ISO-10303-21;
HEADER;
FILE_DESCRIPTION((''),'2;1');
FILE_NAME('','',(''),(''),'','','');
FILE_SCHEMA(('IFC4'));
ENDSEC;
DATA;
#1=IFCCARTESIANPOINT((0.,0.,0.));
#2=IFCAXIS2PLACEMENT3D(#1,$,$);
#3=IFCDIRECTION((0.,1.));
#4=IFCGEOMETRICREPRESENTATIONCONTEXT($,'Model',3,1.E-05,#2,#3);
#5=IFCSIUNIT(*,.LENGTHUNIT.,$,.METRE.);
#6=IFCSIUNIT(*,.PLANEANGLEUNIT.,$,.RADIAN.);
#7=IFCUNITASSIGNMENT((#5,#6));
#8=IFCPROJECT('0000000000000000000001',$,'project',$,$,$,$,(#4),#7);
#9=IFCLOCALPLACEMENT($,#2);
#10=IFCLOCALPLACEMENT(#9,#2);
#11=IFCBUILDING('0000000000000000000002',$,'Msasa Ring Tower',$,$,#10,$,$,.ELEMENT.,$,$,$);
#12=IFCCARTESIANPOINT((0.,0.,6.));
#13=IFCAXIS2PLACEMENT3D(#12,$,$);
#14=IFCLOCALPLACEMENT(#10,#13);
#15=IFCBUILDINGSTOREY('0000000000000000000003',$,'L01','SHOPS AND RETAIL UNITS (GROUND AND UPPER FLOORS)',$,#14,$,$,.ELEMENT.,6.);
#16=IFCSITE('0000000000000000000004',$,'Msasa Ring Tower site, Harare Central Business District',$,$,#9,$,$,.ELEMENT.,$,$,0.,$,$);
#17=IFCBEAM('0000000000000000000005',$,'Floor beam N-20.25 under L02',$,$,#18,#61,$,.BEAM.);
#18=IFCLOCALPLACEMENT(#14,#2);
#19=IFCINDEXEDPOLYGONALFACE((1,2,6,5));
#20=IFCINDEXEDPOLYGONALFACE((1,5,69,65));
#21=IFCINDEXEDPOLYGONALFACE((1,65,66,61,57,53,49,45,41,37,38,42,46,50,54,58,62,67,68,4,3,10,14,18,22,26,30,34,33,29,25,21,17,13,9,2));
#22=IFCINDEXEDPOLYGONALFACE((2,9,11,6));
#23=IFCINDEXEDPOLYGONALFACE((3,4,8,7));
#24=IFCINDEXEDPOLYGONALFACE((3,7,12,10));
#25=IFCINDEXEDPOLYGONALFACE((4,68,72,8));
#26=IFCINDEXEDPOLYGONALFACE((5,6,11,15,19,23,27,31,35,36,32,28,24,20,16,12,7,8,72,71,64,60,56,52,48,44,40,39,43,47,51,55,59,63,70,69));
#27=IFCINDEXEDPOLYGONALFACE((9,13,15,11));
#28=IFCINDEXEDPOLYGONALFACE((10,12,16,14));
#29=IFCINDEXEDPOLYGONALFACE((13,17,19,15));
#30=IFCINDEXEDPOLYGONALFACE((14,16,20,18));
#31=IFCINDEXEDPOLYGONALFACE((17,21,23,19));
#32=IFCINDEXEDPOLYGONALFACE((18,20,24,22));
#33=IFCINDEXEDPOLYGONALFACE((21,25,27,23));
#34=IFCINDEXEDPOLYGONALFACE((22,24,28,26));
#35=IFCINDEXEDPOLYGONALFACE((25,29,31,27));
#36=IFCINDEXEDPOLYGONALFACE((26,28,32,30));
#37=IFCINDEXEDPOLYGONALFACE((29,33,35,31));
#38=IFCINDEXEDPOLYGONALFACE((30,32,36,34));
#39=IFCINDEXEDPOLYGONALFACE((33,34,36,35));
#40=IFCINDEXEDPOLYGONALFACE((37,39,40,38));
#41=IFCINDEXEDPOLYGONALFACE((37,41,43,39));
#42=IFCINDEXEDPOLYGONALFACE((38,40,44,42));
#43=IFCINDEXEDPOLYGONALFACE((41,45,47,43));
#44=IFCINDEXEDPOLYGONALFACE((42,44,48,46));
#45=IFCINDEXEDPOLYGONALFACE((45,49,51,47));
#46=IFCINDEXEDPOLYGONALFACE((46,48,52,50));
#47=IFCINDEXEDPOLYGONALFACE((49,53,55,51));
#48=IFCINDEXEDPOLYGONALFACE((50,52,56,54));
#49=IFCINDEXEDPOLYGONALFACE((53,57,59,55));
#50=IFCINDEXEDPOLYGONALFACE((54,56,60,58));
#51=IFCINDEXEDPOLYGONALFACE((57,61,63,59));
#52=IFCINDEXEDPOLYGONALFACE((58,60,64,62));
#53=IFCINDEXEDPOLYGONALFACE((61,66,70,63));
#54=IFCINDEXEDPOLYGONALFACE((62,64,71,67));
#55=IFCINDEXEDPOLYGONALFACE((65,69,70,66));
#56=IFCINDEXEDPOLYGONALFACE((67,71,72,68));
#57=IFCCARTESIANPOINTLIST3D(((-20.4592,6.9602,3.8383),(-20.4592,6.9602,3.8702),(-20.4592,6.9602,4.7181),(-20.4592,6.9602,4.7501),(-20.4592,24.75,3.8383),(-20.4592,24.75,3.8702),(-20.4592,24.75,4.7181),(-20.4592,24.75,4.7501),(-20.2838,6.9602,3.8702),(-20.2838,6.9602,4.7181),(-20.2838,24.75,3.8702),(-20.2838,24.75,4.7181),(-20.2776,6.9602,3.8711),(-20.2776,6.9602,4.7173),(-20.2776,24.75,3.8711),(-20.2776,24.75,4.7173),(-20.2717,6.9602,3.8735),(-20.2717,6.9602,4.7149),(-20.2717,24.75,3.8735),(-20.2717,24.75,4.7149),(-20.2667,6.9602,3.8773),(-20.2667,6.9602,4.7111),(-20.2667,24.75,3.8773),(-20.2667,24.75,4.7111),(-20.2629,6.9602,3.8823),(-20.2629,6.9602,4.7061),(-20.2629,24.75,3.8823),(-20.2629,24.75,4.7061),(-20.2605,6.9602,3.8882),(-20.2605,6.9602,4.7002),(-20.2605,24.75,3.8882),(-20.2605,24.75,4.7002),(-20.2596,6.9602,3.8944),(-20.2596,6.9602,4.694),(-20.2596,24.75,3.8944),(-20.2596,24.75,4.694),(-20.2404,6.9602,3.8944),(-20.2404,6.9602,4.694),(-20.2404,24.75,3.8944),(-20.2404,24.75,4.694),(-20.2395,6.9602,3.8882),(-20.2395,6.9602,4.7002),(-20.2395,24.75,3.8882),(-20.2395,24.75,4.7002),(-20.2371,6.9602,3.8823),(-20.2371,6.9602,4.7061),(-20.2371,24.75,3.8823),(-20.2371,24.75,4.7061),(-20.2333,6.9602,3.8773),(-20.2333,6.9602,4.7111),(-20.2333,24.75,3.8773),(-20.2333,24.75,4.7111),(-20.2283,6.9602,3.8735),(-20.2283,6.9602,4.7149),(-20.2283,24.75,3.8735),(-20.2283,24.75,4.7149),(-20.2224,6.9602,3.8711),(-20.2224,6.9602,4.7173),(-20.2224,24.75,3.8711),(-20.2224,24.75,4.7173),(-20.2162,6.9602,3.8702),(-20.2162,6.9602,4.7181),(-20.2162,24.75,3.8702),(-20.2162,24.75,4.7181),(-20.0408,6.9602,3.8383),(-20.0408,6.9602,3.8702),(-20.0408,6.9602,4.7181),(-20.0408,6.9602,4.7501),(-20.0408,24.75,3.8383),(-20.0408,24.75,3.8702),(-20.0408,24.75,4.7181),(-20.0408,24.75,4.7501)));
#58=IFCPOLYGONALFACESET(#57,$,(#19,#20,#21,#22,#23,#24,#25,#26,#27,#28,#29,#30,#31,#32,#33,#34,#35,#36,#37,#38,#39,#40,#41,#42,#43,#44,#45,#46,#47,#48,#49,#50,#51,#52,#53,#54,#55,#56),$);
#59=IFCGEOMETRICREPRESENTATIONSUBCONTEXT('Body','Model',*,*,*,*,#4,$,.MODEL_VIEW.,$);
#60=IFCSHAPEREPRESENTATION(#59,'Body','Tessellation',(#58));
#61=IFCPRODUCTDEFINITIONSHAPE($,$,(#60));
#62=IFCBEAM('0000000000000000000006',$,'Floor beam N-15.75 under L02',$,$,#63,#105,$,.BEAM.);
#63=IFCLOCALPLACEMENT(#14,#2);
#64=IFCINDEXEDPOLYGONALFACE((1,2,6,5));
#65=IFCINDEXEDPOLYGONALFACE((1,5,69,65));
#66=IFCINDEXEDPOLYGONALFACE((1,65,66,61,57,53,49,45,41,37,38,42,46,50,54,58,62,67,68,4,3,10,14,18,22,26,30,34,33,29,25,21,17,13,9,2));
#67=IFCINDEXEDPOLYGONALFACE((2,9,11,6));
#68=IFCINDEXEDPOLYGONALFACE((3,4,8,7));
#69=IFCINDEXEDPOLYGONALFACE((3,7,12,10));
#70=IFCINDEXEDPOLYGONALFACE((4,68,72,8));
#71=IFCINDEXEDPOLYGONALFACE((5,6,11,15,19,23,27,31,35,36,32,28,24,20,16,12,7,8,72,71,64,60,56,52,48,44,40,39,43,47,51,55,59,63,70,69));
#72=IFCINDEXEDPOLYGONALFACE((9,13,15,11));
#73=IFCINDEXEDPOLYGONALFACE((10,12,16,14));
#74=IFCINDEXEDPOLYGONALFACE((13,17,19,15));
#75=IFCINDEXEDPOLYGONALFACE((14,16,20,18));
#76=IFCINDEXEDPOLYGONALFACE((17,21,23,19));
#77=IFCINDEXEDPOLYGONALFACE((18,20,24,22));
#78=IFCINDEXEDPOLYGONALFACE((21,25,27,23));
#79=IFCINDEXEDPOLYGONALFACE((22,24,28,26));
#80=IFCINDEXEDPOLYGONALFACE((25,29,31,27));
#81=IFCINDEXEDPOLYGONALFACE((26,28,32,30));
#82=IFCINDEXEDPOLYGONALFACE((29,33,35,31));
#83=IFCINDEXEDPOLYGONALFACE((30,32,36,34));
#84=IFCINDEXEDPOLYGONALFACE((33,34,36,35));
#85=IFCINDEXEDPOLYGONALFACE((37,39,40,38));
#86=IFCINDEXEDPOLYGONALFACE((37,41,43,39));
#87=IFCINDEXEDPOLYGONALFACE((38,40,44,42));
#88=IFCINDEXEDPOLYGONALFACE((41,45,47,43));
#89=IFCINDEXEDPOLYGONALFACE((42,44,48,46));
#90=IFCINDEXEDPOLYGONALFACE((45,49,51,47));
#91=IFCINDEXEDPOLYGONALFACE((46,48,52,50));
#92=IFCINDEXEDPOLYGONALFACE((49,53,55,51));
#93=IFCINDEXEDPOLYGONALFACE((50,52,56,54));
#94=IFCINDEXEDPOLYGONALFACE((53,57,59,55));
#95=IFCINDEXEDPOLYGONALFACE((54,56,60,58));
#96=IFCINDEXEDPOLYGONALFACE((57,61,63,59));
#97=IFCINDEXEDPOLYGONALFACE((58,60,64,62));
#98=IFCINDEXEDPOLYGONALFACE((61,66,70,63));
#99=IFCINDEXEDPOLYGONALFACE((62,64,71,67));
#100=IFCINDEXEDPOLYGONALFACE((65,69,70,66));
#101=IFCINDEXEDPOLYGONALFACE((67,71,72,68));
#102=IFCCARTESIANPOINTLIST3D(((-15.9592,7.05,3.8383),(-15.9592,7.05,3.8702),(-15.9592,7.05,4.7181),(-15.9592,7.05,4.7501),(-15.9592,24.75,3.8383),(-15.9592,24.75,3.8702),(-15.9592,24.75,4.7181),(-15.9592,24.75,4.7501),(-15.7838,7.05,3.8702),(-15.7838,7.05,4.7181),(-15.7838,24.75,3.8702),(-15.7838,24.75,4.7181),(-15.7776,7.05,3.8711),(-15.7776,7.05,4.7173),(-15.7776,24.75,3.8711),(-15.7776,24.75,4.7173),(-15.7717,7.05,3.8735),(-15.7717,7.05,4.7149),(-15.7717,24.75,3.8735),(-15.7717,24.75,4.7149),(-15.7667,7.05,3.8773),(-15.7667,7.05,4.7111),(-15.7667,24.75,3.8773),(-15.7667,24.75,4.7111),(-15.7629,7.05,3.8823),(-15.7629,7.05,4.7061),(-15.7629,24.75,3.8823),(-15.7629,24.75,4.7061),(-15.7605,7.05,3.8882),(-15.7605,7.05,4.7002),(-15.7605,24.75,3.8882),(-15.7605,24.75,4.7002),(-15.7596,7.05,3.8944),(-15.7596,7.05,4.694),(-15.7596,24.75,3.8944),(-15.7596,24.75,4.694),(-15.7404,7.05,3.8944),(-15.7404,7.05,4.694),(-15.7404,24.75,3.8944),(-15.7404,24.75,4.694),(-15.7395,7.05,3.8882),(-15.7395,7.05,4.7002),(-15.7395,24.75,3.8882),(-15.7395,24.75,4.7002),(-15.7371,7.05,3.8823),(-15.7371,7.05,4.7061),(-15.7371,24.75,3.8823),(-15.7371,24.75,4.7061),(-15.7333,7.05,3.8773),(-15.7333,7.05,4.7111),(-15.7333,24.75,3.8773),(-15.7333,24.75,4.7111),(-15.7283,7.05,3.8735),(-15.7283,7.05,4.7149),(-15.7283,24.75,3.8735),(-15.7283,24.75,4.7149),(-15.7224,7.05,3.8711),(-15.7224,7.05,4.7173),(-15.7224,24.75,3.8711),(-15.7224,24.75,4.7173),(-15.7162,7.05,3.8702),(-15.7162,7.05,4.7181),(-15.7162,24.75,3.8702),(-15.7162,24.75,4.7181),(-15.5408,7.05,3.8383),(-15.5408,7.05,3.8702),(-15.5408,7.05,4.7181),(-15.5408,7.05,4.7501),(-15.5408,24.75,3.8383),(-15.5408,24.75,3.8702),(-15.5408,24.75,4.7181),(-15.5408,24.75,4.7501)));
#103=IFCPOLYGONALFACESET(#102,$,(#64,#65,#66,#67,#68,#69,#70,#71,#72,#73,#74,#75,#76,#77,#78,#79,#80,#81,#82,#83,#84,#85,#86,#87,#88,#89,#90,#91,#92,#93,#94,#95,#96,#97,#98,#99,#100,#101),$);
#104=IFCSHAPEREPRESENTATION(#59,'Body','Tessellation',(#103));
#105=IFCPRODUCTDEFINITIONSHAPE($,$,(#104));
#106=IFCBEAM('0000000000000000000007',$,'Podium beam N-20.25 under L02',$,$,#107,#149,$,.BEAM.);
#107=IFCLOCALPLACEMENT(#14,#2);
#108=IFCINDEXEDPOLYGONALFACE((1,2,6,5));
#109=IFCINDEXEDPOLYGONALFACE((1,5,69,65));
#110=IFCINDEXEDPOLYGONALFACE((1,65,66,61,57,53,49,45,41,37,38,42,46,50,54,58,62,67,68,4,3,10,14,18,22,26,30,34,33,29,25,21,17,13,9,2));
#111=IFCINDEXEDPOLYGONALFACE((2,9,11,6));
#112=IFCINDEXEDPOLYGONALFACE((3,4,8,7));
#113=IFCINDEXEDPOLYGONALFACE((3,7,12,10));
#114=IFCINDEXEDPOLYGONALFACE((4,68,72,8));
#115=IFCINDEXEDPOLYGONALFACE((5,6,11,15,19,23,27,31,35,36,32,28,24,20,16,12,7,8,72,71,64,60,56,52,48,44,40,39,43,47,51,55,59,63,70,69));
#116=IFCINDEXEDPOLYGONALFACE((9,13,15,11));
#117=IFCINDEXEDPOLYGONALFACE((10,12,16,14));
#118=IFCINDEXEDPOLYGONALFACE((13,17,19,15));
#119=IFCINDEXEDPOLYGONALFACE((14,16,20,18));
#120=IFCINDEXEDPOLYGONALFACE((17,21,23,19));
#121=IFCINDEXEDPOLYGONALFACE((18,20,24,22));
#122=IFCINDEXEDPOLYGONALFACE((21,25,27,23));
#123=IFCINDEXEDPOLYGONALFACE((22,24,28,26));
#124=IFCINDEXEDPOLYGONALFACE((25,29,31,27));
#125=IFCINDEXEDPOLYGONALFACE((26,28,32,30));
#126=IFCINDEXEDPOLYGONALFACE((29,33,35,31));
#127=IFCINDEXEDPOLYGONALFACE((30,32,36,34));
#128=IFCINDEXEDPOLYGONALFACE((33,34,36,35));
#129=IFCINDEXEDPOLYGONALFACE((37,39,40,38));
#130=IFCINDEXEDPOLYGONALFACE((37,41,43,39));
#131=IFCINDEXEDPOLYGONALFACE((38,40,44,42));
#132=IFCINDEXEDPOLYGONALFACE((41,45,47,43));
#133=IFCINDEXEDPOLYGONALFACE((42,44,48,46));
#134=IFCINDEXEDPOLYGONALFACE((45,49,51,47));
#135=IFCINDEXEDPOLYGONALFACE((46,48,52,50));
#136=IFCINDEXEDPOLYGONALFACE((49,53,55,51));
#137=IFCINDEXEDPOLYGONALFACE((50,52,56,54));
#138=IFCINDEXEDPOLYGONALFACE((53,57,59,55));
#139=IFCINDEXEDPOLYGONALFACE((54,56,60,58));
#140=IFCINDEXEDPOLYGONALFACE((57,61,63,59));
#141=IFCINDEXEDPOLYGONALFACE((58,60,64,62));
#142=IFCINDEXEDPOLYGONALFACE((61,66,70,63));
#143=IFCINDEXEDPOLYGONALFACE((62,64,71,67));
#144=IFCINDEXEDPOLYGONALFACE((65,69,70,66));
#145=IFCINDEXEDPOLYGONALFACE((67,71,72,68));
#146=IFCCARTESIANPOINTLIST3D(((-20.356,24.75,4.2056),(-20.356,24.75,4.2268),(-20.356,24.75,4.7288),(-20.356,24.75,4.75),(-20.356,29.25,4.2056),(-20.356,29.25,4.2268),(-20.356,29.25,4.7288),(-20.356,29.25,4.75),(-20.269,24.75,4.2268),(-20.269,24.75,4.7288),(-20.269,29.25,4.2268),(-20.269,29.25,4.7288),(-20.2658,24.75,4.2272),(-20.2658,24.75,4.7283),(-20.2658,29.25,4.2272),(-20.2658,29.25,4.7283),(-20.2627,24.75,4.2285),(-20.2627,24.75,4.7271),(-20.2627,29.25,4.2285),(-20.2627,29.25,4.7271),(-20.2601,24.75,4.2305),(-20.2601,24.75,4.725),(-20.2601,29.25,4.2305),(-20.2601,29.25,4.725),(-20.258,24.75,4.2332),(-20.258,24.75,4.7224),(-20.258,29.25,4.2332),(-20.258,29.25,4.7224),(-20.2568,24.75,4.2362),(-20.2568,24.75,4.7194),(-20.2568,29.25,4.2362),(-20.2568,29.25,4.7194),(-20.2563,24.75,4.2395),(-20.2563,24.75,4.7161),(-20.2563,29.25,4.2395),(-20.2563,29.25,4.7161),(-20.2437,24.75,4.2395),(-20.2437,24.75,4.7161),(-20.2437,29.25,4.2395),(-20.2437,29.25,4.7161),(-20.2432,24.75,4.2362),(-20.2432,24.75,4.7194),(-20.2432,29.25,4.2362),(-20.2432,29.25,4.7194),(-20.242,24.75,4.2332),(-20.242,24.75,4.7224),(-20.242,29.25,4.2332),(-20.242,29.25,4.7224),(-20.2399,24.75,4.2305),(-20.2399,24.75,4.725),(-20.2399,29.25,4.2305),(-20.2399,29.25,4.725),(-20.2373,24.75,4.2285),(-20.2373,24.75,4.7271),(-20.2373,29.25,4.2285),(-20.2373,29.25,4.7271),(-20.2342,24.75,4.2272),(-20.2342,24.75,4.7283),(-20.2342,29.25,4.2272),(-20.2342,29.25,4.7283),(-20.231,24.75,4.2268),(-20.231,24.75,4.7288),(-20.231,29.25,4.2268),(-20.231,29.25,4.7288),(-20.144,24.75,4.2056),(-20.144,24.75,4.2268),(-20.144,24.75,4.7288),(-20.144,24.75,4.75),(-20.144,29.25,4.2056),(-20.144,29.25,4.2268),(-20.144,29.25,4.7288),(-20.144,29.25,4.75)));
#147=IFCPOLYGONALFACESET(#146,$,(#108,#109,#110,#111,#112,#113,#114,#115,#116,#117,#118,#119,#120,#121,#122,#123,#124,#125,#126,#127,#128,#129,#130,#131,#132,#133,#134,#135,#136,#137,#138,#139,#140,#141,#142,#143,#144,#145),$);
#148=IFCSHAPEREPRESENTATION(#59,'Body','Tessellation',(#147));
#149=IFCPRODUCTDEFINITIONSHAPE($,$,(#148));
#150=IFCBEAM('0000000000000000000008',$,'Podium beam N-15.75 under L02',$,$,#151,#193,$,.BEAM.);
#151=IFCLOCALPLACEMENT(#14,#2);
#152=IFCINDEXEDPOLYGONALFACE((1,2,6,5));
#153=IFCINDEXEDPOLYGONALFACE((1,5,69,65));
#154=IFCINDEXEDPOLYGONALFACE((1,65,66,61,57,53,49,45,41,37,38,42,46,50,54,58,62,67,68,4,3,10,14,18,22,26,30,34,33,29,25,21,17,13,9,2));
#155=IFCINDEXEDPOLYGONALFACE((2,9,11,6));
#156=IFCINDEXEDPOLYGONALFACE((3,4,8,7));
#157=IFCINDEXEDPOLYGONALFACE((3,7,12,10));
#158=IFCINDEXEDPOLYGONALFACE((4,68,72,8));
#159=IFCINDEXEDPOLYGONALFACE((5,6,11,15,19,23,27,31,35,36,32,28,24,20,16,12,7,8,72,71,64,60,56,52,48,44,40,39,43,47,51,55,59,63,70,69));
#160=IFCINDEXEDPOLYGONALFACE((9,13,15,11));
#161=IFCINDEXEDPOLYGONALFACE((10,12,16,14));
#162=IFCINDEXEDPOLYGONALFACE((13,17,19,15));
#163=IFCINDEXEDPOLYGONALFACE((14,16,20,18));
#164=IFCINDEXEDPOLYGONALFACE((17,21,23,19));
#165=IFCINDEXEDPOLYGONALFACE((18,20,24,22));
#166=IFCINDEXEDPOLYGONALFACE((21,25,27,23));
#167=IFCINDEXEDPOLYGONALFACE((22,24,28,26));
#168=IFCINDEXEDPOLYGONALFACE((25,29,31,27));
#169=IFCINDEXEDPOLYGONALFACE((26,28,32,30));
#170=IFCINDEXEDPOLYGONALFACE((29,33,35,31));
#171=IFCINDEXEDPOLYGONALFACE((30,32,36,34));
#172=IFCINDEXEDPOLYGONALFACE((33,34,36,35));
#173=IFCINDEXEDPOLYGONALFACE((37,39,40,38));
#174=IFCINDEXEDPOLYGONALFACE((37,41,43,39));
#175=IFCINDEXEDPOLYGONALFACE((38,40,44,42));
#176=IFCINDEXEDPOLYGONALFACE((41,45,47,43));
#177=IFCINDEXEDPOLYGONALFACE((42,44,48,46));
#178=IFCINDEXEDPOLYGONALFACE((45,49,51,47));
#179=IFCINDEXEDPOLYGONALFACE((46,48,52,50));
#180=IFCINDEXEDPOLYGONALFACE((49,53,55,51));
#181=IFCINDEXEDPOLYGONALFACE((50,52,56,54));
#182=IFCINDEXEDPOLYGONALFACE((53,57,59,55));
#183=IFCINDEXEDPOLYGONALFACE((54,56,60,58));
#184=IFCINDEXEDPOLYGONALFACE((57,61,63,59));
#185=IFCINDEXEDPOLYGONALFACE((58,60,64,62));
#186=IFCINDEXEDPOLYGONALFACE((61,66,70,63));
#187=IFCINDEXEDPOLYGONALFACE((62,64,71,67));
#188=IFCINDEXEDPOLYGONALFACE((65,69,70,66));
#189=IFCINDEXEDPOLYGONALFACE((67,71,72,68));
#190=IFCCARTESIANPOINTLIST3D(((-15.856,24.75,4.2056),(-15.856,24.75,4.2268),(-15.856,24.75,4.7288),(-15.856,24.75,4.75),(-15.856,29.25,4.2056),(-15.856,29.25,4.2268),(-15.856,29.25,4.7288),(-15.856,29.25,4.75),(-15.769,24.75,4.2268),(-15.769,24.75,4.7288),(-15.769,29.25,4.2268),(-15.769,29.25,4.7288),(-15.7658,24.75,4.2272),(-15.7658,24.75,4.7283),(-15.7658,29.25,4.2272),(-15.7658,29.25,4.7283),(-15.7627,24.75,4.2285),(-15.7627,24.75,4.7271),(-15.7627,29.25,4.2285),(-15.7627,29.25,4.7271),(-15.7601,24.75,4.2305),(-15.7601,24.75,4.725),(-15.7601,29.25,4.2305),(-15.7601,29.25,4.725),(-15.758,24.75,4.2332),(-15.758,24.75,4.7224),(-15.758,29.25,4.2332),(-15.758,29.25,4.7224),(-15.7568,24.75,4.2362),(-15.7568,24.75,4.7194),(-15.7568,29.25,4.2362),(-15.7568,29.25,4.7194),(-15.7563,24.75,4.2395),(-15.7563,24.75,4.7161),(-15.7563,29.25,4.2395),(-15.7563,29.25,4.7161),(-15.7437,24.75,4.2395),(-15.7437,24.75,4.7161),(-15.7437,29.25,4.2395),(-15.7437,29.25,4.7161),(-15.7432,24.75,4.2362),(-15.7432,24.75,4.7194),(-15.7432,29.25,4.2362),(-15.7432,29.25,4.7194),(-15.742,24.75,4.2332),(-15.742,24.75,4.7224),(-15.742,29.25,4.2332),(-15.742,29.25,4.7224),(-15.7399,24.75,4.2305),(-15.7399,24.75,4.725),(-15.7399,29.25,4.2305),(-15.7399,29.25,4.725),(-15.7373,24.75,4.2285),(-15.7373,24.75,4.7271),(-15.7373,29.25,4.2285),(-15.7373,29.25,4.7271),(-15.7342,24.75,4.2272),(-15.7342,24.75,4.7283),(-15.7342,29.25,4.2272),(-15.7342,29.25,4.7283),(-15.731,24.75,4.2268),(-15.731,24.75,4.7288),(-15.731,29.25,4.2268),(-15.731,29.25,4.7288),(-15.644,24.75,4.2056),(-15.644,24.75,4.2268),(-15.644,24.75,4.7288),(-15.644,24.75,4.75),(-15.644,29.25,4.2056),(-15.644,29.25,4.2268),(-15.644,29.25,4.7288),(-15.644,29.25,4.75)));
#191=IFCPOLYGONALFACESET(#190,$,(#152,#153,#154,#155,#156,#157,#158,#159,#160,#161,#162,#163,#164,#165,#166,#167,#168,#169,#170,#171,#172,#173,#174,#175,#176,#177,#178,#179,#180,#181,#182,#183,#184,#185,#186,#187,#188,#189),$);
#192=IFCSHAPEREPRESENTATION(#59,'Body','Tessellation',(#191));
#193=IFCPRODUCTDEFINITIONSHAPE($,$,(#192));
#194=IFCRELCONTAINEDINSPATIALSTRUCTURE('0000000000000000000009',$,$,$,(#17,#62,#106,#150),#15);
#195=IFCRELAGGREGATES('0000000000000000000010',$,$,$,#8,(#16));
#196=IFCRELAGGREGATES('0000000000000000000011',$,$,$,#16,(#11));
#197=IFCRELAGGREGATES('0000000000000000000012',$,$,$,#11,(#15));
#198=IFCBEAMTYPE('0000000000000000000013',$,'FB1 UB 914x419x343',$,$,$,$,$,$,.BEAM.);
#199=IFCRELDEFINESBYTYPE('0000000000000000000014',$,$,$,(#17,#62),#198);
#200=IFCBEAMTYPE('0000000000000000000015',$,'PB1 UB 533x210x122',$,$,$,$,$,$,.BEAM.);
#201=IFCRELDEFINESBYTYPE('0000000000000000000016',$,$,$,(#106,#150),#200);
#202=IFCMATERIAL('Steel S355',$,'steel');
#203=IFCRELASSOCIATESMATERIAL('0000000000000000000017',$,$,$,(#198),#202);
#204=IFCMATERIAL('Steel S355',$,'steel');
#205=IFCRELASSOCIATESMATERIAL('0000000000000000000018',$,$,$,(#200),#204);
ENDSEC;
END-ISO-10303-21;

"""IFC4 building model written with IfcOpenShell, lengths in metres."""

from ifc_helpers import new_model, si_unit, direction, frame, origin, origin_2d, place, context, subcontext, project, spatial, i_section, extrude, material, material_profile, profile_set, type_object, element, save


model = new_model("IFC4")

# Units and contexts
model_context = context("Model", 3, precision=1e-05, world=origin(), true_north=direction((0.0, 1.0)))
body_context = subcontext(model_context, "Body", "Model", "MODEL_VIEW")
ifc_project = project(units=[si_unit("LENGTHUNIT", "METRE"), si_unit("PLANEANGLEUNIT", "RADIAN")], contexts=[model_context])

# Site, building, storey
site_placement = place(None, origin())
site = spatial("IfcSite", under=ifc_project, at=site_placement, Name="Msasa Ring Tower site, Harare Central Business District", CompositionType="ELEMENT", RefElevation=0.0)
building_placement = place(site_placement, origin())
building = spatial("IfcBuilding", under=site, at=building_placement, Name="Msasa Ring Tower", CompositionType="ELEMENT")
storey_placement = place(building_placement, frame((0.0, 0.0, 6.0)))
storey = spatial("IfcBuildingStorey", under=building, at=storey_placement, Name="L01", Description="SHOPS AND RETAIL UNITS (GROUND AND UPPER FLOORS)", CompositionType="ELEMENT", Elevation=6.0)

# Beams
ifc_material_1 = material(Name="Steel S355", Category="steel")
ifc_material_profile_1 = material_profile(ifc_material_1, i_section(OverallWidth=0.4185, OverallDepth=0.9119, WebThickness=0.0193, FlangeThickness=0.032, FilletRadius=0.0242, at=origin_2d()), Name="UB 914x419x343")
ifc_profile_set_1 = profile_set([ifc_material_profile_1], Name="Steel S355")
beam_type_1 = type_object("IfcBeamType", Name="FB1 UB 914x419x343", PredefinedType="BEAM", material=ifc_profile_set_1)
beam_1_placement = place(storey_placement, frame((-20.25, 24.75, 4.2942), z_axis=(0.0, -1.0, 0.0), x_axis=(1.0, 0.0, 0.0)))
element("IfcBeam", 1, at=beam_1_placement, inside=storey, type_object=beam_type_1, Name="Floor beam N-20.25 under L02", PredefinedType="BEAM", context=body_context, shape_type="SweptSolid", body=[
    extrude(i_section(OverallWidth=0.4185, OverallDepth=0.9119, WebThickness=0.0193, FlangeThickness=0.032, FilletRadius=0.0242, at=origin_2d()), origin(), (0.0, 0.0, 1.0), 17.7898),
])
beam_2_placement = place(storey_placement, frame((-15.75, 24.75, 4.2942), z_axis=(0.0, -1.0, 0.0), x_axis=(1.0, 0.0, 0.0)))
element("IfcBeam", 2, at=beam_2_placement, inside=storey, type_object=beam_type_1, Name="Floor beam N-15.75 under L02", PredefinedType="BEAM", context=body_context, shape_type="SweptSolid", body=[
    extrude(i_section(OverallWidth=0.4185, OverallDepth=0.9119, WebThickness=0.0193, FlangeThickness=0.032, FilletRadius=0.0242, at=origin_2d()), origin(), (0.0, 0.0, 1.0), 17.7),
])
ifc_material_2 = material(Name="Steel S355", Category="steel")
ifc_material_profile_2 = material_profile(ifc_material_2, i_section(OverallWidth=0.2119, OverallDepth=0.5444, WebThickness=0.0127, FlangeThickness=0.0212, FilletRadius=0.0127, at=origin_2d()), Name="UB 533x210x122")
ifc_profile_set_2 = profile_set([ifc_material_profile_2], Name="Steel S355")
beam_type_2 = type_object("IfcBeamType", Name="PB1 UB 533x210x122", PredefinedType="BEAM", material=ifc_profile_set_2)
for number, where, z_axis, x_axis, name in (
    (3, (-20.25, 29.25, 4.4778), (0.0, -1.0, 0.0), (1.0, 0.0, 0.0), "Podium beam N-20.25 under L02"),
    (4, (-15.75, 29.25, 4.4778), (0.0, -1.0, 0.0), (1.0, 0.0, 0.0), "Podium beam N-15.75 under L02"),
):
    element("IfcBeam", number, at=place(storey_placement, frame(where, z_axis=z_axis, x_axis=x_axis)), inside=storey, type_object=beam_type_2, Name=name, PredefinedType="BEAM", context=body_context, shape_type="SweptSolid", body=[
        extrude(i_section(OverallWidth=0.2119, OverallDepth=0.5444, WebThickness=0.0127, FlangeThickness=0.0212, FilletRadius=0.0127, at=origin_2d()), origin(), (0.0, 0.0, 1.0), 4.5),
    ])

save(model, "model.ifc")
